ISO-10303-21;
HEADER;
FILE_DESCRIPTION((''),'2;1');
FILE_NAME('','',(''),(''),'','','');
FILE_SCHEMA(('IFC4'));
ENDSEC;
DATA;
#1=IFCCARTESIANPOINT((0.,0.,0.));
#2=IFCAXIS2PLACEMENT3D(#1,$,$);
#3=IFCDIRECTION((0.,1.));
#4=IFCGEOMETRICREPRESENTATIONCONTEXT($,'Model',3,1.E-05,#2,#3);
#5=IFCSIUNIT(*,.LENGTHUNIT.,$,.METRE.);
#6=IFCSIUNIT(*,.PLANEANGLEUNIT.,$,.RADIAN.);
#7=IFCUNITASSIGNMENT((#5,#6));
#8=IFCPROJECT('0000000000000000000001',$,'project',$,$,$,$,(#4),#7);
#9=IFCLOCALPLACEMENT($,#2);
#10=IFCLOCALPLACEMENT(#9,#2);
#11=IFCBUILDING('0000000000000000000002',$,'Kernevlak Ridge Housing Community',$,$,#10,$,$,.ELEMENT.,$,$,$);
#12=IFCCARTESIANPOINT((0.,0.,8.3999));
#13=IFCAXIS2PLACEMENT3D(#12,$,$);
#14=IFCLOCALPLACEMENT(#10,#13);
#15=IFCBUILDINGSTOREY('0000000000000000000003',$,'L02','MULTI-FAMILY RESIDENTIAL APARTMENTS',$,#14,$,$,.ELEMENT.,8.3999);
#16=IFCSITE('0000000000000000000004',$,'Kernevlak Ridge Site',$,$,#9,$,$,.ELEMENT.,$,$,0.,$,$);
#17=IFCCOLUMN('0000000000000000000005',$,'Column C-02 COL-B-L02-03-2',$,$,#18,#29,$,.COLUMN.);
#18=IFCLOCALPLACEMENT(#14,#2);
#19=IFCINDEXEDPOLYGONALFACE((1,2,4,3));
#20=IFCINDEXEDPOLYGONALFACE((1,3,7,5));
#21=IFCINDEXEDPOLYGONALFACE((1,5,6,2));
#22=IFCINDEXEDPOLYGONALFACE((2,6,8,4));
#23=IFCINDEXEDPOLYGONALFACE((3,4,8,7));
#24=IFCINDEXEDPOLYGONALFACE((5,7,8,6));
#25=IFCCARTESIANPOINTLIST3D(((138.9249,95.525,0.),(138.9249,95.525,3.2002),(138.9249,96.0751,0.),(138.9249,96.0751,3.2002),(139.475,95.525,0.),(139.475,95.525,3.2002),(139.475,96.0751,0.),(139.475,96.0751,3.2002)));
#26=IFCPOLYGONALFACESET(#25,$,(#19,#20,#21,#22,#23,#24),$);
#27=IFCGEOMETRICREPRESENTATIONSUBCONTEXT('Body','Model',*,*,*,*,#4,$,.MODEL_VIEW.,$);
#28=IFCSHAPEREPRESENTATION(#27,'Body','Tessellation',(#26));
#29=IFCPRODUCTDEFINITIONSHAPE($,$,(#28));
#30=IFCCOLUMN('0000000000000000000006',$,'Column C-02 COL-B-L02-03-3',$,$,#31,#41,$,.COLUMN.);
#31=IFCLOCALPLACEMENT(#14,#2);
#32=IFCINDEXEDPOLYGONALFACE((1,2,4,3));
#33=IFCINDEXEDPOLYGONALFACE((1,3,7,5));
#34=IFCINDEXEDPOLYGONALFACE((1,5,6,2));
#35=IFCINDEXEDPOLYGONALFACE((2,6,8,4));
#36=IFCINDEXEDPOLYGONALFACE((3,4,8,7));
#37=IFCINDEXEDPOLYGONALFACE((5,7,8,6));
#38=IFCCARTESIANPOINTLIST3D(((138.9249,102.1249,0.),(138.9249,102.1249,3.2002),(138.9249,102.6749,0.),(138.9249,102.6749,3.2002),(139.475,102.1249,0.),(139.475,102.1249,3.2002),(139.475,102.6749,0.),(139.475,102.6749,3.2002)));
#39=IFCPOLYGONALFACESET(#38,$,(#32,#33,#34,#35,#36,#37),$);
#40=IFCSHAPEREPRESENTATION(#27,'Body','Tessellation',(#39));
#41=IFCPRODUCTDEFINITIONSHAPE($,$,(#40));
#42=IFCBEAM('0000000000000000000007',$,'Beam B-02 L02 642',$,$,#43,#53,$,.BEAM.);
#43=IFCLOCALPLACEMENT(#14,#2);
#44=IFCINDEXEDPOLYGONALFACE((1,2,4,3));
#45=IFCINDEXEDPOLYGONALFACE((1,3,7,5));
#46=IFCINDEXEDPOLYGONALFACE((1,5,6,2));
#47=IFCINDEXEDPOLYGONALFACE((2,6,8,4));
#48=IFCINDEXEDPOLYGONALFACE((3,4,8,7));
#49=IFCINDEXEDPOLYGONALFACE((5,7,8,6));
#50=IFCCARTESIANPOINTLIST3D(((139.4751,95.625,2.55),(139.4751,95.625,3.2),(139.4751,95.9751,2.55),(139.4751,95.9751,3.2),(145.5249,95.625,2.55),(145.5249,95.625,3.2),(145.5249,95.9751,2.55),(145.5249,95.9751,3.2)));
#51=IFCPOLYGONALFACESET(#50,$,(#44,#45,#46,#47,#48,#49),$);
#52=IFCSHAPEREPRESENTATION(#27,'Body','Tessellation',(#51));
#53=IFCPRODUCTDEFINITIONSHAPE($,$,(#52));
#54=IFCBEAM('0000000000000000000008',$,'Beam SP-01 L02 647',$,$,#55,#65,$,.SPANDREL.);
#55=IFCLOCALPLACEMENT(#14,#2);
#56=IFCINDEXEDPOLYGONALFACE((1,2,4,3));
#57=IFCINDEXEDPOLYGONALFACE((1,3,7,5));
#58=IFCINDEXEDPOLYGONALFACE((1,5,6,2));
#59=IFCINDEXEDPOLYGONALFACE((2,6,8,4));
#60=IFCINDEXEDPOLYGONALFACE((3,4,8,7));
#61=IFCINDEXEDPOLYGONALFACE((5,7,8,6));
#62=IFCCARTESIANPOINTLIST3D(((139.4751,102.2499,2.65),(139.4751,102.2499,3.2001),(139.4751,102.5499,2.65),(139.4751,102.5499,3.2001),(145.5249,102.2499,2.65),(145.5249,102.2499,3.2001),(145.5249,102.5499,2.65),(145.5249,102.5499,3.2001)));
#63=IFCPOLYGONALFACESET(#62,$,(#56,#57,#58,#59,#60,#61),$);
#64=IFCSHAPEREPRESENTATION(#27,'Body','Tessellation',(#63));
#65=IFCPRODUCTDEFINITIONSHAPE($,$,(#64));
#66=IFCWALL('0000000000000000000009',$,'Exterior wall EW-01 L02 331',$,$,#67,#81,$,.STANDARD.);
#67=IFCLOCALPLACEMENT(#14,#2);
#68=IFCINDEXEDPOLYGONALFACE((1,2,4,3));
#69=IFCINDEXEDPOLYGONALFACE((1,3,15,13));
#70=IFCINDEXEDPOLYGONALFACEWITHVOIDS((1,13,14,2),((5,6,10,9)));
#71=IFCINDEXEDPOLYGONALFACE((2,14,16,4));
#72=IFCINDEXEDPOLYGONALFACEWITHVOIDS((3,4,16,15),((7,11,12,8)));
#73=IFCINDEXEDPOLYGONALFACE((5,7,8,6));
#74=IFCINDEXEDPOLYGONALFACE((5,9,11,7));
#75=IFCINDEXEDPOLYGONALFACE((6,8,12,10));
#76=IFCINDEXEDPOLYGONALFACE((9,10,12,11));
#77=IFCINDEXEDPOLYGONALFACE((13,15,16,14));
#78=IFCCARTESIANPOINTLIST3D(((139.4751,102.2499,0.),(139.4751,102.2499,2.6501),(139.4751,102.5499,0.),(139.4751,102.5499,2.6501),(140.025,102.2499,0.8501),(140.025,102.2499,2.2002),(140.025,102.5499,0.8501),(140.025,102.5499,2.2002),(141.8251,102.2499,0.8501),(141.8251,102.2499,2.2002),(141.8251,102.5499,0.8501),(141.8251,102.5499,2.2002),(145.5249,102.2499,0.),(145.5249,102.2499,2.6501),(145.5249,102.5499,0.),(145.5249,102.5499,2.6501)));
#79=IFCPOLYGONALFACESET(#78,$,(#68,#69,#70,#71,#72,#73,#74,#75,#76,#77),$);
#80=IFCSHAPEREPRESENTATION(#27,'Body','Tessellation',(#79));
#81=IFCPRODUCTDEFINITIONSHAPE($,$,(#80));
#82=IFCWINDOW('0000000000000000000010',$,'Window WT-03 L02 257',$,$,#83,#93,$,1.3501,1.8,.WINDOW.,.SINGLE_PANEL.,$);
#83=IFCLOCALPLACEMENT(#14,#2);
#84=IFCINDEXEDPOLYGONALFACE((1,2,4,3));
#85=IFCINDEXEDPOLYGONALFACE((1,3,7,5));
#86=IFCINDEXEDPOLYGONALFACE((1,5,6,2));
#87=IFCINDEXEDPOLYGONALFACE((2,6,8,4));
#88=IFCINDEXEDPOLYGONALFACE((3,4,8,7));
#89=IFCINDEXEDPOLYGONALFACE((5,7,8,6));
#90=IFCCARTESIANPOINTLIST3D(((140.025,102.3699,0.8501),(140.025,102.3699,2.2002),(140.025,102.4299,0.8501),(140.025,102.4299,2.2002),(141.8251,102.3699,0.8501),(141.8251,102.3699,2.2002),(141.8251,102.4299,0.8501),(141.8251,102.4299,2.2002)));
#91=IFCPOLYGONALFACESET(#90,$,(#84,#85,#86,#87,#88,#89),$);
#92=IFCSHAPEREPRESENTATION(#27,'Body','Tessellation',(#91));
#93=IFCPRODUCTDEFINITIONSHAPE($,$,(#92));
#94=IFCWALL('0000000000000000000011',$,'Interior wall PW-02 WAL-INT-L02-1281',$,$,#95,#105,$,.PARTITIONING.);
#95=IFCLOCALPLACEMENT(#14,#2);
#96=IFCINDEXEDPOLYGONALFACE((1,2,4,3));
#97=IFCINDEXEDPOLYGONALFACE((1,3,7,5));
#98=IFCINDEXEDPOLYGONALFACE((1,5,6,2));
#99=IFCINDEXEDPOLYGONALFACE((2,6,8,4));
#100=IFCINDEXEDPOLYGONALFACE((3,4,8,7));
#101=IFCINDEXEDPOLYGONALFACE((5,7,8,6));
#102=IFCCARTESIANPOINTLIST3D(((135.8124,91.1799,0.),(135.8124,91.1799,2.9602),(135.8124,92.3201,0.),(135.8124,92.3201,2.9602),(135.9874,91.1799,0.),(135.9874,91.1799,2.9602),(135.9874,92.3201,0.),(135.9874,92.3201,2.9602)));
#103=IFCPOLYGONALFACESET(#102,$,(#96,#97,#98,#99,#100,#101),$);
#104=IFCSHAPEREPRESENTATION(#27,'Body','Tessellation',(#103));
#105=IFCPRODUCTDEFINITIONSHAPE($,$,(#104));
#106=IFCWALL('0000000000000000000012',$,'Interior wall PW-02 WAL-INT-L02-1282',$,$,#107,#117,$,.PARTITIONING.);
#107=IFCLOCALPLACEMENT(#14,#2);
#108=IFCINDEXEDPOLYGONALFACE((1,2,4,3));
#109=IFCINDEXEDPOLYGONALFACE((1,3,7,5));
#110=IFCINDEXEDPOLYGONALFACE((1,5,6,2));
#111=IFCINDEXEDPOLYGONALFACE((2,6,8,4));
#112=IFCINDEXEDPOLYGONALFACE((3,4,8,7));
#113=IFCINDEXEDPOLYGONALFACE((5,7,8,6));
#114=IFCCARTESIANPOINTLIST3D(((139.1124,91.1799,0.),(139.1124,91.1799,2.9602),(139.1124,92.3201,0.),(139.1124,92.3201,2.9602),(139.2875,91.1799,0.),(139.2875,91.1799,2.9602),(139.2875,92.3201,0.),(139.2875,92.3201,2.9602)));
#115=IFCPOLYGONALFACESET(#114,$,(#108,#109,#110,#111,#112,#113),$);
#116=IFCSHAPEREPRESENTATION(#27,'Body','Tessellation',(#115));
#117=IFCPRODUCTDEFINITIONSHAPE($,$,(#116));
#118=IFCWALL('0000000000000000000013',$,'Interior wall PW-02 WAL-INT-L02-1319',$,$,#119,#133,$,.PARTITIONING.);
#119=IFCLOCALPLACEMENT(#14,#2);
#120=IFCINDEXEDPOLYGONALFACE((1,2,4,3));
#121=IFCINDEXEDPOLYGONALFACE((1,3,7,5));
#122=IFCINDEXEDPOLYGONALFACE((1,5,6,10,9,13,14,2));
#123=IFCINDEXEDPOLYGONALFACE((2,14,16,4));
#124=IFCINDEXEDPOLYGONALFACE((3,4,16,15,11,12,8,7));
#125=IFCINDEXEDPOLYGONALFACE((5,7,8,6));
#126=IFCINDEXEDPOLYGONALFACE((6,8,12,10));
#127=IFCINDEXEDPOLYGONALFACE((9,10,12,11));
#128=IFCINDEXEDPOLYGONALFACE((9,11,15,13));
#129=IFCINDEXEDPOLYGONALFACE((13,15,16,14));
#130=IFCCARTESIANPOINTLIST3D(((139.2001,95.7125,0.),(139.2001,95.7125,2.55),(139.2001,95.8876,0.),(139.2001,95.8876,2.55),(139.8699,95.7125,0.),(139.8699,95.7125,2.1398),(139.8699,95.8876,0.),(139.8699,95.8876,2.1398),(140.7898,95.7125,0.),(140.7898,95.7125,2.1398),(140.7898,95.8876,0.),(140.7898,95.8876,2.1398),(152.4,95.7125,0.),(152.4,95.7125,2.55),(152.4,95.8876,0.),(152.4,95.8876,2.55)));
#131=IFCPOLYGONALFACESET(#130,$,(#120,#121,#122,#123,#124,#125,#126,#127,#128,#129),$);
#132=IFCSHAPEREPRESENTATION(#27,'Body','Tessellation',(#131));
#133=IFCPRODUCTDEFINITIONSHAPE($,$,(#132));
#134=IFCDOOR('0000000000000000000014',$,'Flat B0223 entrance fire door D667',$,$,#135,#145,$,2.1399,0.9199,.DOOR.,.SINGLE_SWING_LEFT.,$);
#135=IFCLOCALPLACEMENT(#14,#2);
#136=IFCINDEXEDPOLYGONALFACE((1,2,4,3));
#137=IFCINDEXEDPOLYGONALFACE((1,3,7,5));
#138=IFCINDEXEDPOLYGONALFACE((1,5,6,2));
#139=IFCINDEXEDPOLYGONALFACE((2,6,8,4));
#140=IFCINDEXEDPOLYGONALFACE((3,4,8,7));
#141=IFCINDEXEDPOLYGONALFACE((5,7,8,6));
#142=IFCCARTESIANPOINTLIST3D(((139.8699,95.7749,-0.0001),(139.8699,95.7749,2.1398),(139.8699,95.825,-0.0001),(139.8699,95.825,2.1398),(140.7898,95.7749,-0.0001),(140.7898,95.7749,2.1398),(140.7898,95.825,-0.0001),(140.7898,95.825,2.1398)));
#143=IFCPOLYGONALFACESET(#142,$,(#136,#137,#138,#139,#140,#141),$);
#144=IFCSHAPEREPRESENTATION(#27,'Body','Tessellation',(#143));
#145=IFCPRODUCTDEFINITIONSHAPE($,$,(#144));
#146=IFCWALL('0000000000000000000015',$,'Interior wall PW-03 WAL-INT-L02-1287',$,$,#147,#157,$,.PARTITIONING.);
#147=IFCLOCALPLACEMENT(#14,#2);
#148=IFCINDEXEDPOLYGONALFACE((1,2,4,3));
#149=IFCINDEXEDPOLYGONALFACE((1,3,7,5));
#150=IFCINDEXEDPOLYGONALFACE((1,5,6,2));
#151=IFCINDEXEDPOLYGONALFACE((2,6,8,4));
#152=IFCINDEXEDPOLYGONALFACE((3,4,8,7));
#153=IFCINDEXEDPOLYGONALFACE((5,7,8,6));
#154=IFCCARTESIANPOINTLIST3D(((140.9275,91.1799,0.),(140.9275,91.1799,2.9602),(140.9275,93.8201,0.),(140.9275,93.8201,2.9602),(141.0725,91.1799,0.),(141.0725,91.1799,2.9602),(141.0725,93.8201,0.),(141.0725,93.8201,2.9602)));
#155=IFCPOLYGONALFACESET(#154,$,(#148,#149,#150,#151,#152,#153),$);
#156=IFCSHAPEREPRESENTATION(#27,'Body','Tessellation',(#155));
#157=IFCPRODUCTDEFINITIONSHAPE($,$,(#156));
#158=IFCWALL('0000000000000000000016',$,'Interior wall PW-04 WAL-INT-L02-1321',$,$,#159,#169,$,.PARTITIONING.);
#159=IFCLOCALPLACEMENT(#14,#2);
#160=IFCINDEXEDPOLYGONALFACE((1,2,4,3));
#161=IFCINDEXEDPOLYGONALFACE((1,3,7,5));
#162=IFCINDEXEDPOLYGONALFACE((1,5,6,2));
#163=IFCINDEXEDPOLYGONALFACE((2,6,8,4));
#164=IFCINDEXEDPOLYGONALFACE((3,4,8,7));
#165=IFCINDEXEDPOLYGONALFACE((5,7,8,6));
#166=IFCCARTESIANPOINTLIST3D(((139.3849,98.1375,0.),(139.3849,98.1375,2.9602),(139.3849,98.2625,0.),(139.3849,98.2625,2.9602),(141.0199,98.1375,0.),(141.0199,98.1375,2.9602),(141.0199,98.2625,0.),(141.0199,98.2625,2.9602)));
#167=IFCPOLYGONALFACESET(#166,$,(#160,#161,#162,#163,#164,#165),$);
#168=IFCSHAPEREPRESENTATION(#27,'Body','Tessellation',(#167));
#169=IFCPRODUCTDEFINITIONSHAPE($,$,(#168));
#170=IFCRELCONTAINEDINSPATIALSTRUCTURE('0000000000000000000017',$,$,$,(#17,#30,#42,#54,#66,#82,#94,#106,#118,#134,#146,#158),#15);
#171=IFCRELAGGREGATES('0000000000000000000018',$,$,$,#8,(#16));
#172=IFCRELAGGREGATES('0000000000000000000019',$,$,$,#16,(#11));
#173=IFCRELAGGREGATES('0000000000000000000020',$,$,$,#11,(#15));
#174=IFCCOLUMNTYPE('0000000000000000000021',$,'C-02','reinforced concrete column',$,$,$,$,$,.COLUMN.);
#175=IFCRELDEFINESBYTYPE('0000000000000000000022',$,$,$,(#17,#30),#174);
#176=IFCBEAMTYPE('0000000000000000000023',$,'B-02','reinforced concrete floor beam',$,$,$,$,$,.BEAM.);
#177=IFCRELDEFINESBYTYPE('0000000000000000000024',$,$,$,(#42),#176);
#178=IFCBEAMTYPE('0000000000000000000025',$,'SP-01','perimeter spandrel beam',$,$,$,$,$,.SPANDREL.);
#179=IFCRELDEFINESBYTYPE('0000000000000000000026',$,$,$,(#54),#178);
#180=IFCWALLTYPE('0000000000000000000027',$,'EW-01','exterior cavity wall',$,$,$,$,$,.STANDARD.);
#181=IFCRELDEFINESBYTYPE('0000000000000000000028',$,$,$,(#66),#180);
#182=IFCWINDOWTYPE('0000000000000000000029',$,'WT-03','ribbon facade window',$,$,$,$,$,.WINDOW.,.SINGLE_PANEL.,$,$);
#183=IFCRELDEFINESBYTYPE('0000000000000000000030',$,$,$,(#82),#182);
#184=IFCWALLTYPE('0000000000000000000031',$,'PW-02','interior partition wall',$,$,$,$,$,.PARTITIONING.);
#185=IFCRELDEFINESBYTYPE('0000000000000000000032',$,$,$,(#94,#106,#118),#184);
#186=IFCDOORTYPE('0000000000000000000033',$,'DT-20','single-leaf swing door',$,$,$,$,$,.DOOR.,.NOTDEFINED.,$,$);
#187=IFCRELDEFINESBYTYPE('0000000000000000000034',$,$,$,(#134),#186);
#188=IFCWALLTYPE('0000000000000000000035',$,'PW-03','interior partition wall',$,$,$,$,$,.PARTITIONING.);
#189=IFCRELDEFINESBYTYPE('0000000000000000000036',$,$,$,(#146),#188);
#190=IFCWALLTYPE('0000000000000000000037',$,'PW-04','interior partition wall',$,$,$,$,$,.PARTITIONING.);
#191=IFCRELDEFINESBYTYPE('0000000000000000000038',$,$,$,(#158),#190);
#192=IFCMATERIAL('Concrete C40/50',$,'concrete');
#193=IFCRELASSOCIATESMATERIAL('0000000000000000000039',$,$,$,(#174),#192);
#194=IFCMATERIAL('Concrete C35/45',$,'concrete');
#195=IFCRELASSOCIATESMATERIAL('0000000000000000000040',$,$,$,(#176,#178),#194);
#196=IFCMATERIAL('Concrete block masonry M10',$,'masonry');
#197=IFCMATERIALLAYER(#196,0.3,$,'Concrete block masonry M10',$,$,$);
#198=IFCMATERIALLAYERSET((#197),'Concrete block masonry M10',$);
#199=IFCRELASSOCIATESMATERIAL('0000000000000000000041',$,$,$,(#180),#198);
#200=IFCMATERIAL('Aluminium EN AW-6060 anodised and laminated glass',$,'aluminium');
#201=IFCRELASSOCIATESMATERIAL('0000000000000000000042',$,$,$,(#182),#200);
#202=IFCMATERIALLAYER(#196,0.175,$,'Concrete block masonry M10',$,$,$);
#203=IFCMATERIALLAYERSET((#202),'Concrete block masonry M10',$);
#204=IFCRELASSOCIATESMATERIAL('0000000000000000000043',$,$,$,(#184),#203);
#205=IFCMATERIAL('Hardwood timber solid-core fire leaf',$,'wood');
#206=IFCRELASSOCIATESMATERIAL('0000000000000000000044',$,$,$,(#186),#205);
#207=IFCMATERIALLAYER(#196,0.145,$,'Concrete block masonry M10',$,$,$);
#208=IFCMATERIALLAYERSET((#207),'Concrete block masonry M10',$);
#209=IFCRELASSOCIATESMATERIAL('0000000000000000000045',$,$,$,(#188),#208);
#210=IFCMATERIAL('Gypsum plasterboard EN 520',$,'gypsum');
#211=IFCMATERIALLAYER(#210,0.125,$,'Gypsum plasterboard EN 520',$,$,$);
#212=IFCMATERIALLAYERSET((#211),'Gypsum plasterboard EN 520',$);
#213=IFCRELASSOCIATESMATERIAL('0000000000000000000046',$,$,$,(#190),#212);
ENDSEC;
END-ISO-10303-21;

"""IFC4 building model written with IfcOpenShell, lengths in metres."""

from ifc_helpers import new_model, si_unit, direction, frame, frame_2d, origin, origin_2d, place, context, subcontext, project, spatial, rectangle, extrude, material, layer, layer_set, material_profile, profile_set, type_object, element, fill, save


model = new_model("IFC4")

# Units and contexts
model_context = context("Model", 3, precision=1e-05, world=origin(), true_north=direction((0.0, 1.0)))
body_context = subcontext(model_context, "Body", "Model", "MODEL_VIEW")
ifc_project = project(units=[si_unit("LENGTHUNIT", "METRE"), si_unit("PLANEANGLEUNIT", "RADIAN")], contexts=[model_context])

# Site, building, storey
site_placement = place(None, origin())
site = spatial("IfcSite", under=ifc_project, at=site_placement, Name="Kernevlak Ridge Site", CompositionType="ELEMENT", RefElevation=0.0)
building_placement = place(site_placement, origin())
building = spatial("IfcBuilding", under=site, at=building_placement, Name="Kernevlak Ridge Housing Community", CompositionType="ELEMENT")
storey_placement = place(building_placement, frame((0.0, 0.0, 8.3999)))
storey = spatial("IfcBuildingStorey", under=building, at=storey_placement, Name="L02", Description="MULTI-FAMILY RESIDENTIAL APARTMENTS", CompositionType="ELEMENT", Elevation=8.3999)

# Columns
ifc_material_1 = material(Name="Concrete C40/50", Category="concrete")
ifc_material_profile_1 = material_profile(ifc_material_1, rectangle(XDim=0.55, YDim=0.55, at=origin_2d()), Name="RC 550x550")
ifc_profile_set_1 = profile_set([ifc_material_profile_1], Name="Concrete C40/50")
column_type = type_object("IfcColumnType", Name="C-02", Description="reinforced concrete column", PredefinedType="COLUMN", material=ifc_profile_set_1)
for number, where, z_axis, x_axis, name in (
    (1, (139.2, 95.8, 0.0), (0.0, 0.0, 1.0), (1.0, 0.0, 0.0), "Column C-02 COL-B-L02-03-2"),
    (2, (139.2, 102.3999, 0.0), (0.0, 0.0, 1.0), (1.0, 0.0, 0.0), "Column C-02 COL-B-L02-03-3"),
):
    element("IfcColumn", number, at=place(storey_placement, frame(where, z_axis=z_axis, x_axis=x_axis)), inside=storey, type_object=column_type, Name=name, PredefinedType="COLUMN", context=body_context, shape_type="SweptSolid", body=[
        extrude(rectangle(XDim=0.55, YDim=0.55, at=origin_2d()), origin(), (0.0, 0.0, 1.0), 3.2002),
    ])

# Beams
ifc_material_2 = material(Name="Concrete C35/45", Category="concrete")
ifc_material_profile_2 = material_profile(ifc_material_2, rectangle(XDim=0.3501, YDim=0.6499, at=origin_2d()), Name="RC 350x650")
ifc_profile_set_2 = profile_set([ifc_material_profile_2], Name="Concrete C35/45")
beam_type_1 = type_object("IfcBeamType", Name="B-02", Description="reinforced concrete floor beam", PredefinedType="BEAM", material=ifc_profile_set_2)
beam_1_placement = place(storey_placement, frame((139.4751, 95.8, 2.875), z_axis=(1.0, 0.0, 0.0), x_axis=(0.0, 1.0, 0.0)))
element("IfcBeam", 3, at=beam_1_placement, inside=storey, type_object=beam_type_1, Name="Beam B-02 L02 642", PredefinedType="BEAM", context=body_context, shape_type="SweptSolid", body=[
    extrude(rectangle(XDim=0.3501, YDim=0.6499, at=origin_2d()), origin(), (0.0, 0.0, 1.0), 6.0498),
])
ifc_material_profile_3 = material_profile(ifc_material_2, rectangle(XDim=0.3, YDim=0.55, at=origin_2d()), Name="RC 300x550")
ifc_profile_set_3 = profile_set([ifc_material_profile_3], Name="Concrete C35/45")
beam_type_2 = type_object("IfcBeamType", Name="SP-01", Description="perimeter spandrel beam", PredefinedType="SPANDREL", material=ifc_profile_set_3)
beam_2_placement = place(storey_placement, frame((139.4751, 102.3999, 2.925), z_axis=(1.0, 0.0, 0.0), x_axis=(0.0, 1.0, 0.0)))
element("IfcBeam", 4, at=beam_2_placement, inside=storey, type_object=beam_type_2, Name="Beam SP-01 L02 647", PredefinedType="SPANDREL", context=body_context, shape_type="SweptSolid", body=[
    extrude(rectangle(XDim=0.3, YDim=0.55, at=origin_2d()), origin(), (0.0, 0.0, 1.0), 6.0498),
])

# Wall, opening, window
ifc_material_3 = material(Name="Concrete block masonry M10", Category="masonry")
ifc_layer_1 = layer(ifc_material_3, 0.3, Name="Concrete block masonry M10")
ifc_layer_set_1 = layer_set([ifc_layer_1], Name="Concrete block masonry M10")
wall_type_1 = type_object("IfcWallType", Name="EW-01", Description="exterior cavity wall", PredefinedType="STANDARD", material=ifc_layer_set_1)
wall_1_placement = place(storey_placement, frame((139.4751, 102.3999, 0.0), z_axis=(0.0, 0.0, 1.0), x_axis=(1.0, 0.0, 0.0)))
wall_1 = element("IfcWall", 5, at=wall_1_placement, inside=storey, type_object=wall_type_1, Name="Exterior wall EW-01 L02 331", PredefinedType="STANDARD", context=body_context, shape_type="SweptSolid", body=[
    extrude(rectangle(XDim=6.0498, YDim=0.3, at=frame_2d((3.0249, 0.0))), origin(), (0.0, 0.0, 1.0), 2.6501),
])
opening_1_placement = place(wall_1_placement, frame((0.55, 0.0, 0.8501)))
opening_1 = element("IfcOpeningElement", 6, at=opening_1_placement, cuts=wall_1, PredefinedType="OPENING", context=body_context, shape_type="SweptSolid", body=[
    extrude(rectangle(XDim=1.8, YDim=1.3501, at=frame_2d((0.8999, 0.675))), frame((0.0, 0.1599, 0.0), z_axis=(0.0, -1.0, 0.0), x_axis=(1.0, 0.0, 0.0)), (0.0, 0.0, 1.0), 0.3201),
])
ifc_material_4 = material(Name="Aluminium EN AW-6060 anodised and laminated glass", Category="aluminium")
window_type = type_object("IfcWindowType", Name="WT-03", Description="ribbon facade window", PartitioningType="SINGLE_PANEL", PredefinedType="WINDOW", material=ifc_material_4)
window_placement = place(opening_1_placement, origin())
window = element("IfcWindow", 7, at=window_placement, inside=storey, type_object=window_type, Name="Window WT-03 L02 257", OverallHeight=1.3501, OverallWidth=1.8, PartitioningType="SINGLE_PANEL", PredefinedType="WINDOW", context=body_context, shape_type="SweptSolid", body=[
    extrude(rectangle(XDim=1.8, YDim=1.3501, at=frame_2d((0.8999, 0.675))), frame((0.0, 0.03, 0.0), z_axis=(0.0, -1.0, 0.0), x_axis=(1.0, 0.0, 0.0)), (0.0, 0.0, 1.0), 0.0601),
])
fill(opening_1, window)

# Walls
ifc_layer_2 = layer(ifc_material_3, 0.175, Name="Concrete block masonry M10")
ifc_layer_set_2 = layer_set([ifc_layer_2], Name="Concrete block masonry M10")
wall_type_2 = type_object("IfcWallType", Name="PW-02", Description="interior partition wall", PredefinedType="PARTITIONING", material=ifc_layer_set_2)
for number, where, z_axis, x_axis, name in (
    (8, (135.8999, 91.1799, 0.0), (0.0, 0.0, 1.0), (0.0, 1.0, 0.0), "Interior wall PW-02 WAL-INT-L02-1281"),
    (9, (139.2, 91.1799, 0.0), (0.0, 0.0, 1.0), (0.0, 1.0, 0.0), "Interior wall PW-02 WAL-INT-L02-1282"),
):
    element("IfcWall", number, at=place(storey_placement, frame(where, z_axis=z_axis, x_axis=x_axis)), inside=storey, type_object=wall_type_2, Name=name, PredefinedType="PARTITIONING", context=body_context, shape_type="SweptSolid", body=[
        extrude(rectangle(XDim=1.1401, YDim=0.175, at=frame_2d((0.5701, 0.0))), origin(), (0.0, 0.0, 1.0), 2.9602),
    ])

# Wall, opening, door
wall_2_placement = place(storey_placement, frame((139.2, 95.8, 0.0), z_axis=(0.0, 0.0, 1.0), x_axis=(1.0, 0.0, 0.0)))
wall_2 = element("IfcWall", 10, at=wall_2_placement, inside=storey, type_object=wall_type_2, Name="Interior wall PW-02 WAL-INT-L02-1319", PredefinedType="PARTITIONING", context=body_context, shape_type="SweptSolid", body=[
    extrude(rectangle(XDim=13.2, YDim=0.175, at=frame_2d((6.6001, 0.0))), origin(), (0.0, 0.0, 1.0), 2.55),
])
opening_2_placement = place(wall_2_placement, frame((0.6699, 0.0, 0.0)))
opening_2 = element("IfcOpeningElement", 11, at=opening_2_placement, cuts=wall_2, PredefinedType="OPENING", context=body_context, shape_type="SweptSolid", body=[
    extrude(rectangle(XDim=0.9199, YDim=2.1399, at=frame_2d((0.46, 1.0698))), frame((0.0, 0.0974, 0.0), z_axis=(0.0, -1.0, 0.0), x_axis=(1.0, 0.0, 0.0)), (0.0, 0.0, 1.0), 0.1951),
])
ifc_material_5 = material(Name="Hardwood timber solid-core fire leaf", Category="wood")
door_type_1 = type_object("IfcDoorType", Name="DT-20", Description="single-leaf swing door", OperationType="NOTDEFINED", PredefinedType="DOOR", material=ifc_material_5)
door_1_placement = place(opening_2_placement, origin())
door_1 = element("IfcDoor", 12, at=door_1_placement, inside=storey, type_object=door_type_1, Name="Flat B0223 entrance fire door D667", OperationType="SINGLE_SWING_LEFT", OverallHeight=2.1399, OverallWidth=0.9199, PredefinedType="DOOR", context=body_context, shape_type="SweptSolid", body=[
    extrude(rectangle(XDim=0.9199, YDim=2.1399, at=frame_2d((0.46, 1.0698))), frame((0.0, 0.0249, 0.0), z_axis=(0.0, -1.0, 0.0), x_axis=(1.0, 0.0, 0.0)), (0.0, 0.0, 1.0), 0.05),
])
fill(opening_2, door_1)

# Walls
ifc_layer_3 = layer(ifc_material_3, 0.145, Name="Concrete block masonry M10")
ifc_layer_set_3 = layer_set([ifc_layer_3], Name="Concrete block masonry M10")
wall_type_3 = type_object("IfcWallType", Name="PW-03", Description="interior partition wall", PredefinedType="PARTITIONING", material=ifc_layer_set_3)
wall_3_placement = place(storey_placement, frame((141.0, 91.1799, 0.0), z_axis=(0.0, 0.0, 1.0), x_axis=(0.0, 1.0, 0.0)))
element("IfcWall", 13, at=wall_3_placement, inside=storey, type_object=wall_type_3, Name="Interior wall PW-03 WAL-INT-L02-1287", PredefinedType="PARTITIONING", context=body_context, shape_type="SweptSolid", body=[
    extrude(rectangle(XDim=2.6401, YDim=0.145, at=frame_2d((1.3201, 0.0))), origin(), (0.0, 0.0, 1.0), 2.9602),
])
ifc_material_6 = material(Name="Gypsum plasterboard EN 520", Category="gypsum")
ifc_layer_4 = layer(ifc_material_6, 0.125, Name="Gypsum plasterboard EN 520")
ifc_layer_set_4 = layer_set([ifc_layer_4], Name="Gypsum plasterboard EN 520")
wall_type_4 = type_object("IfcWallType", Name="PW-04", Description="interior partition wall", PredefinedType="PARTITIONING", material=ifc_layer_set_4)
wall_4_placement = place(storey_placement, frame((139.385, 98.2, 0.0), z_axis=(0.0, 0.0, 1.0), x_axis=(1.0, 0.0, 0.0)))
element("IfcWall", 14, at=wall_4_placement, inside=storey, type_object=wall_type_4, Name="Interior wall PW-04 WAL-INT-L02-1321", PredefinedType="PARTITIONING", context=body_context, shape_type="SweptSolid", body=[
    extrude(rectangle(XDim=1.635, YDim=0.125, at=frame_2d((0.8174, 0.0))), origin(), (0.0, 0.0, 1.0), 2.9602),
])

save(model, "model.ifc")
